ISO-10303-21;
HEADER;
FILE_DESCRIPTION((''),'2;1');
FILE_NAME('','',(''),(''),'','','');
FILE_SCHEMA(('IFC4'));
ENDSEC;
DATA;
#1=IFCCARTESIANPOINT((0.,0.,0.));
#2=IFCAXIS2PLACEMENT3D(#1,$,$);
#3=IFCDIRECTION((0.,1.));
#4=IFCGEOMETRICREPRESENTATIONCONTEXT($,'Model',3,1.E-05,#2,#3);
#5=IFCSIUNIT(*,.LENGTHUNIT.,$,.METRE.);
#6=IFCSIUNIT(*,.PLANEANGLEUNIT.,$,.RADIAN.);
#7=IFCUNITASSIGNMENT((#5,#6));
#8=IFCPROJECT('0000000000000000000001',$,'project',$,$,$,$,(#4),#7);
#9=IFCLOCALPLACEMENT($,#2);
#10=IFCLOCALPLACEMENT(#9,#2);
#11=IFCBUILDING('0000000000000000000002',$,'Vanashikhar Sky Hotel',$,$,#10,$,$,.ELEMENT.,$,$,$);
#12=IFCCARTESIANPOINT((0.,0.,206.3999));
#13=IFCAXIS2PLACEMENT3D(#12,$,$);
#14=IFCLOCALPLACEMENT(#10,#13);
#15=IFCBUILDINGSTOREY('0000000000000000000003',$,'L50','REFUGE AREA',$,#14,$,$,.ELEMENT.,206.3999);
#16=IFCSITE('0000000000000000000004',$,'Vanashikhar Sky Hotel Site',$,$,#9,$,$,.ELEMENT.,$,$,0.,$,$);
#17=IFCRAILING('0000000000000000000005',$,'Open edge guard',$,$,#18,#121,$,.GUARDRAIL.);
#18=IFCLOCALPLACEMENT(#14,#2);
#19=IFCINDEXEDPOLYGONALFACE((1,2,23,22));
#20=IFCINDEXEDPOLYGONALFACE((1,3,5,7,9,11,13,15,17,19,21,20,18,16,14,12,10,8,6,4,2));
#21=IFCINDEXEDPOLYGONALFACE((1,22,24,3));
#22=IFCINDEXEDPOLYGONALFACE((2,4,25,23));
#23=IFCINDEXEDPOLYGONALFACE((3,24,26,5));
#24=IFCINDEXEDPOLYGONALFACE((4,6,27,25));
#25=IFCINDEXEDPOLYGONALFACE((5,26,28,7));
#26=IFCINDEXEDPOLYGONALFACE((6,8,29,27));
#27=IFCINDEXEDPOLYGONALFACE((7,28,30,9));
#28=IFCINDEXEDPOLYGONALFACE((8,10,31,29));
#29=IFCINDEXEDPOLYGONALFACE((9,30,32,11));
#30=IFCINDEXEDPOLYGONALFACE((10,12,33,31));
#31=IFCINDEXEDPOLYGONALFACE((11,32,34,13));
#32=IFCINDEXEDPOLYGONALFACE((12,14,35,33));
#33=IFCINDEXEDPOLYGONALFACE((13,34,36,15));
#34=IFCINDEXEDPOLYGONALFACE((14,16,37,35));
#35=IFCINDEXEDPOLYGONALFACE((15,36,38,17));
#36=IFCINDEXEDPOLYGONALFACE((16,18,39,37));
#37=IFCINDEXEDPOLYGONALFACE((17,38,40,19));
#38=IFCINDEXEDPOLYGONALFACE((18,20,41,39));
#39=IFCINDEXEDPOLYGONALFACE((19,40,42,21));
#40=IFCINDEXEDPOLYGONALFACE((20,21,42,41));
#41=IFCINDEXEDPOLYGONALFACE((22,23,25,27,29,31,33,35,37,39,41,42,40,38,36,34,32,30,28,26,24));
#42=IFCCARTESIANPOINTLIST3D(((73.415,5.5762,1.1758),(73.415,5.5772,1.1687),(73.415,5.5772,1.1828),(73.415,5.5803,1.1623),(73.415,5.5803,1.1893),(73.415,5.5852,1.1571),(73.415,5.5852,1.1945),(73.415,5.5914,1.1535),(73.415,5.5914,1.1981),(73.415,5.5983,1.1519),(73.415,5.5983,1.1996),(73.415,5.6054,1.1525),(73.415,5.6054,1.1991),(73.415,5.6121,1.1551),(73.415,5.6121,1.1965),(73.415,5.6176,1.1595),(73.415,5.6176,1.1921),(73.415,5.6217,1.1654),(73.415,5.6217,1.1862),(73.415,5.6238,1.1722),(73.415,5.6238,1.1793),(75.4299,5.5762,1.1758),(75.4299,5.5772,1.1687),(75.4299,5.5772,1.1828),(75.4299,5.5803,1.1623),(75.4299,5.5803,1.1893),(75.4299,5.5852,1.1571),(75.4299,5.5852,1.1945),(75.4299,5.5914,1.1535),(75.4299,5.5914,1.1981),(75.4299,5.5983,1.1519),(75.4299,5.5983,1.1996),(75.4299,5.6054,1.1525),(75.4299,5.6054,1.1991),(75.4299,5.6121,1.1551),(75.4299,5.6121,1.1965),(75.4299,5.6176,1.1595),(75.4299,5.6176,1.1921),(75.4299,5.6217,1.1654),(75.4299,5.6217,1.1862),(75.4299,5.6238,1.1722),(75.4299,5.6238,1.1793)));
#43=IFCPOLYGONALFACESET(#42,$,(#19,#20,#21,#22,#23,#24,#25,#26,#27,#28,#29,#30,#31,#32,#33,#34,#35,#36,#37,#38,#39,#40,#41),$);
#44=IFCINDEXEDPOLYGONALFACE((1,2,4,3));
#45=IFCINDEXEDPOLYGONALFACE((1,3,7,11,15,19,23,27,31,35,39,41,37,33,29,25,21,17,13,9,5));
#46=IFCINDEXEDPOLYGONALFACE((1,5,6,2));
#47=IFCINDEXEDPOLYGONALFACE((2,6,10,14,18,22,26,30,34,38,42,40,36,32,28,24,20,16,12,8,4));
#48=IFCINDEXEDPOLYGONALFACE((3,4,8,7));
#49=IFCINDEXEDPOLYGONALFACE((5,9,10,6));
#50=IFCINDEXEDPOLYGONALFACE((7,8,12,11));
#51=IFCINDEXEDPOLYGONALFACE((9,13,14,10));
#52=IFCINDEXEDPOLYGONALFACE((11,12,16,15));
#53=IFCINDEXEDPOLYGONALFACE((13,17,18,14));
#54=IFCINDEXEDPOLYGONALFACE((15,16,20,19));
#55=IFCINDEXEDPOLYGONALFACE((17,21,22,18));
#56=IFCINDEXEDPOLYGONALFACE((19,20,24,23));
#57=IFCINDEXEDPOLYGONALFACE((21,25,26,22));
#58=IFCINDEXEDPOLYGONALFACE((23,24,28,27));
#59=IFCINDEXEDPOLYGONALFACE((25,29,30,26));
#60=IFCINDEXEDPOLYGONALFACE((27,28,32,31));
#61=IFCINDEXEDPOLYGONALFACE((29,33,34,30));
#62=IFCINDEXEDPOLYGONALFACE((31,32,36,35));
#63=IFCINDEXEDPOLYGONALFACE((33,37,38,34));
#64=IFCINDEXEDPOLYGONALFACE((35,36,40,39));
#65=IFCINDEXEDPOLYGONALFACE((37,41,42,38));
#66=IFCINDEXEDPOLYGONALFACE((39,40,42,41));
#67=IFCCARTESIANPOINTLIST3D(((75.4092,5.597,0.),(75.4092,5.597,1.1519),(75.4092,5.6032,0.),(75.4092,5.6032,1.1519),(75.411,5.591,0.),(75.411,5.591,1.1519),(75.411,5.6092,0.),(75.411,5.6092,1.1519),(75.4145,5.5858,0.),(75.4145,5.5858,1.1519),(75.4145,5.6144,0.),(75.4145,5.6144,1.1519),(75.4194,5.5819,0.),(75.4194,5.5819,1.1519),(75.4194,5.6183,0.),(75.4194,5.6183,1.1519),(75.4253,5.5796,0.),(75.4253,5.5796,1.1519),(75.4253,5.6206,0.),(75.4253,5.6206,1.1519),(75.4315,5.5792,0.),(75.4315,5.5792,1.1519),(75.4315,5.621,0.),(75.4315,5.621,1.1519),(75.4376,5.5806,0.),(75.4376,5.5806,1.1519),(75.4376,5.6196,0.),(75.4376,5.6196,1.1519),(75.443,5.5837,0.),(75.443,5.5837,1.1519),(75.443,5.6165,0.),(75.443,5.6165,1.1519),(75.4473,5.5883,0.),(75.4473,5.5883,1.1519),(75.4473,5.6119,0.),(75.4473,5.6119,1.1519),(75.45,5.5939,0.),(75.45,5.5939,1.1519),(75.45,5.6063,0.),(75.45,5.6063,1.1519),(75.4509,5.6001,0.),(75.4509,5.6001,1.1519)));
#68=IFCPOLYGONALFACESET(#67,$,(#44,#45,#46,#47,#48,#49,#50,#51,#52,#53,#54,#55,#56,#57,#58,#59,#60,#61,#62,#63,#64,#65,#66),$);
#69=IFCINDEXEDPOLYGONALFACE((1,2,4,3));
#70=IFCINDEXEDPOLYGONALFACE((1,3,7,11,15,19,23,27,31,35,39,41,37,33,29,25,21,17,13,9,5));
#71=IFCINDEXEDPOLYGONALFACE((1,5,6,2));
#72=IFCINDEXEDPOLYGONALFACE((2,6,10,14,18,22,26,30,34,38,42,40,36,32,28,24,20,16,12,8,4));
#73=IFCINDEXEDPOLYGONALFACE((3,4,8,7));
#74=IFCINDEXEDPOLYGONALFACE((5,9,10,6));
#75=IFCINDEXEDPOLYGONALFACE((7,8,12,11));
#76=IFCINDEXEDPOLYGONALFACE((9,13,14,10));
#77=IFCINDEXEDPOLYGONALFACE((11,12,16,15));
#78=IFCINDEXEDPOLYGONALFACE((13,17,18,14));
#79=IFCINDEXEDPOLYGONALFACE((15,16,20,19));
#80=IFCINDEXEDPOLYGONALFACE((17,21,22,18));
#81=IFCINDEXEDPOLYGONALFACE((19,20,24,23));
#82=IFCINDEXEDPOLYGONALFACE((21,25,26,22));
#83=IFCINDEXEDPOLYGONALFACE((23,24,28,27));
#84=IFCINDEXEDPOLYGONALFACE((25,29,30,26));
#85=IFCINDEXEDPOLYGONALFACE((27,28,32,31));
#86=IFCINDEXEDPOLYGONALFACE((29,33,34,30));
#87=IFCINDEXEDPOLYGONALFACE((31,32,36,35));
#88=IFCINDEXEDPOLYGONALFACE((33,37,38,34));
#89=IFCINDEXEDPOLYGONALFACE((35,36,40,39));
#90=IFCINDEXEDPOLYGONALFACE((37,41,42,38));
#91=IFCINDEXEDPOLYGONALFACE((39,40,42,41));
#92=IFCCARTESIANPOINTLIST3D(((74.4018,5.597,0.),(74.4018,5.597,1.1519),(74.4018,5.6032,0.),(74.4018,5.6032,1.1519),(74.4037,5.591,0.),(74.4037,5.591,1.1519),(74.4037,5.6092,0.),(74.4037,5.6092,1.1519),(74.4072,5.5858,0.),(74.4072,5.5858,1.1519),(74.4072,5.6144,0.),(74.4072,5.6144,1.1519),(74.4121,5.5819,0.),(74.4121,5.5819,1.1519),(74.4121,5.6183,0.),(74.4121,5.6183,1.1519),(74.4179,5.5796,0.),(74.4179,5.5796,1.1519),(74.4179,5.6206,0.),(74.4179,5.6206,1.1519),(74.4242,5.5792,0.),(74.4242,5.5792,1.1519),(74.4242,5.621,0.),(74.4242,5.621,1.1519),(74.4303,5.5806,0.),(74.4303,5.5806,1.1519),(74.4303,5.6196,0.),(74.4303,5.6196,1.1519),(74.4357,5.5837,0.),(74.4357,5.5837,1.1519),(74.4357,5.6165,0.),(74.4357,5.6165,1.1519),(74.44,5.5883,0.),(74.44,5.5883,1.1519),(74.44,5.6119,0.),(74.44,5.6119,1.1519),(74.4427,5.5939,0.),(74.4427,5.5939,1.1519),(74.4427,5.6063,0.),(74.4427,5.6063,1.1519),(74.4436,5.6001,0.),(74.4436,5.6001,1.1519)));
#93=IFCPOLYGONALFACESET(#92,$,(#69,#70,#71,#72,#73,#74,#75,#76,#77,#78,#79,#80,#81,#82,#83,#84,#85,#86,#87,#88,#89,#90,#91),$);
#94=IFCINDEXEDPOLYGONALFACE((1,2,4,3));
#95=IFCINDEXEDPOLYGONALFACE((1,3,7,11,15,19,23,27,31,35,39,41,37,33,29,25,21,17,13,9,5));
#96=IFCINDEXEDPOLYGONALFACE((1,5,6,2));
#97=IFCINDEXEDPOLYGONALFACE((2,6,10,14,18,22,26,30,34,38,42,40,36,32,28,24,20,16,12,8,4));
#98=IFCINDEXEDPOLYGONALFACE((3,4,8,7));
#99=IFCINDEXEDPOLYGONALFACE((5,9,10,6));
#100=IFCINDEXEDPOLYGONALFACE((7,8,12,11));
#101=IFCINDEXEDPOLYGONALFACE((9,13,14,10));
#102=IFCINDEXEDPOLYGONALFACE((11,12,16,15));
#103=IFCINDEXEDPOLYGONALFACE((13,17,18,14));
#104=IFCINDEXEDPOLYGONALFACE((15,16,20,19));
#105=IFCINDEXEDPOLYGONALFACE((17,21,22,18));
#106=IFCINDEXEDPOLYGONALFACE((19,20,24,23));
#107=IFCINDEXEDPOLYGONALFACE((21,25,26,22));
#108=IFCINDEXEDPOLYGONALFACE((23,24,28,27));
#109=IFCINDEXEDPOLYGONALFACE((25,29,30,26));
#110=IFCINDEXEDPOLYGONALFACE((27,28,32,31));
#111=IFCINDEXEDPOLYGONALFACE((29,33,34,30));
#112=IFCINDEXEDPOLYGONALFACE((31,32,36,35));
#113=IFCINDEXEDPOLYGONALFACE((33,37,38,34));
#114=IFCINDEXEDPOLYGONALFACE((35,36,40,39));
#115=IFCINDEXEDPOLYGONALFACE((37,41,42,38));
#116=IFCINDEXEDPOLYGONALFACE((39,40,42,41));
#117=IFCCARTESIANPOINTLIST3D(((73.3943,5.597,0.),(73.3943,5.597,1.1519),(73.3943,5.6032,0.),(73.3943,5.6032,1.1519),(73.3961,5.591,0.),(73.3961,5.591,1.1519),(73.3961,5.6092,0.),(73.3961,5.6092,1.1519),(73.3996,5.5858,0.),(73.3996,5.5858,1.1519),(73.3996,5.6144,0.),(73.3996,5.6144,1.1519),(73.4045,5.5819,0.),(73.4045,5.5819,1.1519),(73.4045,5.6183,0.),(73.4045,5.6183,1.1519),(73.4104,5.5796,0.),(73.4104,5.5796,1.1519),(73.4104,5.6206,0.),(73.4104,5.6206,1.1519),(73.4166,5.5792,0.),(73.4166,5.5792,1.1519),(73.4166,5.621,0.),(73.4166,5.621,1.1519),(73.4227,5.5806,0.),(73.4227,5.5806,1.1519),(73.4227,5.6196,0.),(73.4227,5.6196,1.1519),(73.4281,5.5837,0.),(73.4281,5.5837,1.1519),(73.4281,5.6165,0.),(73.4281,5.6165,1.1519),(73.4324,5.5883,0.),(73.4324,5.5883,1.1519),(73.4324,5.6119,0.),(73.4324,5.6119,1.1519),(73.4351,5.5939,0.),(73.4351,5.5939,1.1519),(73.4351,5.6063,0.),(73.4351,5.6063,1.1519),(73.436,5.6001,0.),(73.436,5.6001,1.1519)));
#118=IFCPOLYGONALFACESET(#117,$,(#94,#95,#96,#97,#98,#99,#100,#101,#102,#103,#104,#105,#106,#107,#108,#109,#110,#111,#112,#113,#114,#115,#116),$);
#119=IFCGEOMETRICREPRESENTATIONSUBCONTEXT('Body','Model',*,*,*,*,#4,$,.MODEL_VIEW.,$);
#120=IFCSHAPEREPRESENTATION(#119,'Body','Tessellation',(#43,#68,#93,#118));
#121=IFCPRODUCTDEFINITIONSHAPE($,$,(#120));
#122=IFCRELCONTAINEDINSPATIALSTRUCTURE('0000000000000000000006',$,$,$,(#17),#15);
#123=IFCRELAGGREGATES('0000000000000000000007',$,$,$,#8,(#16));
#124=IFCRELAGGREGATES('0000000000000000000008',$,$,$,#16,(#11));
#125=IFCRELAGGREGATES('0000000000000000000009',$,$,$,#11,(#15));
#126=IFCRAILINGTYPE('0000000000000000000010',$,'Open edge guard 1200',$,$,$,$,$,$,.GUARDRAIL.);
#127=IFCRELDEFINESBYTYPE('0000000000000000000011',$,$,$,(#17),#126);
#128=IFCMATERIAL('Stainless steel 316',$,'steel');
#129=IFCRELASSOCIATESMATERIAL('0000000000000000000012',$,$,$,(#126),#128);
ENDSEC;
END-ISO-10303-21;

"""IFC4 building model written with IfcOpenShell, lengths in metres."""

from ifc_helpers import new_model, si_unit, direction, frame, origin, origin_2d, place, context, subcontext, project, spatial, circle, extrude, source, transform, mapped, material, type_object, element, save


model = new_model("IFC4")

# Units and contexts
model_context = context("Model", 3, precision=1e-05, world=origin(), true_north=direction((0.0, 1.0)))
body_context = subcontext(model_context, "Body", "Model", "MODEL_VIEW")
ifc_project = project(units=[si_unit("LENGTHUNIT", "METRE"), si_unit("PLANEANGLEUNIT", "RADIAN")], contexts=[model_context])

# Site, building, storey
site_placement = place(None, origin())
site = spatial("IfcSite", under=ifc_project, at=site_placement, Name="Vanashikhar Sky Hotel Site", CompositionType="ELEMENT", RefElevation=0.0)
building_placement = place(site_placement, origin())
building = spatial("IfcBuilding", under=site, at=building_placement, Name="Vanashikhar Sky Hotel", CompositionType="ELEMENT")
storey_placement = place(building_placement, frame((0.0, 0.0, 206.3999)))
storey = spatial("IfcBuildingStorey", under=building, at=storey_placement, Name="L50", Description="REFUGE AREA", CompositionType="ELEMENT", Elevation=206.3999)

# Railing
ifc_material_1 = material(Name="Stainless steel 316", Category="steel")
railing_type = type_object("IfcRailingType", Name="Open edge guard 1200", PredefinedType="GUARDRAIL", material=ifc_material_1)
shared_shape_1 = source(origin(), body_context, "Body", "SweptSolid", [
    extrude(circle(Radius=0.0239, at=origin_2d()), frame((0.0, 0.0, 1.1758), z_axis=(-1.0, 0.0, 0.0), x_axis=(0.0, -1.0, 0.0)), (0.0, 0.0, 1.0), 2.0149),
    extrude(circle(Radius=0.021, at=origin_2d()), origin(), (0.0, 0.0, 1.0), 1.1519),
    extrude(circle(Radius=0.021, at=origin_2d()), frame((-1.0073, 0.0, 0.0)), (0.0, 0.0, 1.0), 1.1519),
    extrude(circle(Radius=0.021, at=origin_2d()), frame((-2.0149, 0.0, 0.0)), (0.0, 0.0, 1.0), 1.1519),
])
for number, where, name in (
    (1, (75.4299, 5.6001, 0.0), "Open edge guard"),
):
    element("IfcRailing", number, at=place(storey_placement, frame(where)), inside=storey, type_object=railing_type, Name=name, PredefinedType="GUARDRAIL", context=body_context, shape_type="MappedRepresentation", body=[
        mapped(shared_shape_1, transform((0.0, 0.0, 0.0), scale=1.0)),
    ])

save(model, "model.ifc")
